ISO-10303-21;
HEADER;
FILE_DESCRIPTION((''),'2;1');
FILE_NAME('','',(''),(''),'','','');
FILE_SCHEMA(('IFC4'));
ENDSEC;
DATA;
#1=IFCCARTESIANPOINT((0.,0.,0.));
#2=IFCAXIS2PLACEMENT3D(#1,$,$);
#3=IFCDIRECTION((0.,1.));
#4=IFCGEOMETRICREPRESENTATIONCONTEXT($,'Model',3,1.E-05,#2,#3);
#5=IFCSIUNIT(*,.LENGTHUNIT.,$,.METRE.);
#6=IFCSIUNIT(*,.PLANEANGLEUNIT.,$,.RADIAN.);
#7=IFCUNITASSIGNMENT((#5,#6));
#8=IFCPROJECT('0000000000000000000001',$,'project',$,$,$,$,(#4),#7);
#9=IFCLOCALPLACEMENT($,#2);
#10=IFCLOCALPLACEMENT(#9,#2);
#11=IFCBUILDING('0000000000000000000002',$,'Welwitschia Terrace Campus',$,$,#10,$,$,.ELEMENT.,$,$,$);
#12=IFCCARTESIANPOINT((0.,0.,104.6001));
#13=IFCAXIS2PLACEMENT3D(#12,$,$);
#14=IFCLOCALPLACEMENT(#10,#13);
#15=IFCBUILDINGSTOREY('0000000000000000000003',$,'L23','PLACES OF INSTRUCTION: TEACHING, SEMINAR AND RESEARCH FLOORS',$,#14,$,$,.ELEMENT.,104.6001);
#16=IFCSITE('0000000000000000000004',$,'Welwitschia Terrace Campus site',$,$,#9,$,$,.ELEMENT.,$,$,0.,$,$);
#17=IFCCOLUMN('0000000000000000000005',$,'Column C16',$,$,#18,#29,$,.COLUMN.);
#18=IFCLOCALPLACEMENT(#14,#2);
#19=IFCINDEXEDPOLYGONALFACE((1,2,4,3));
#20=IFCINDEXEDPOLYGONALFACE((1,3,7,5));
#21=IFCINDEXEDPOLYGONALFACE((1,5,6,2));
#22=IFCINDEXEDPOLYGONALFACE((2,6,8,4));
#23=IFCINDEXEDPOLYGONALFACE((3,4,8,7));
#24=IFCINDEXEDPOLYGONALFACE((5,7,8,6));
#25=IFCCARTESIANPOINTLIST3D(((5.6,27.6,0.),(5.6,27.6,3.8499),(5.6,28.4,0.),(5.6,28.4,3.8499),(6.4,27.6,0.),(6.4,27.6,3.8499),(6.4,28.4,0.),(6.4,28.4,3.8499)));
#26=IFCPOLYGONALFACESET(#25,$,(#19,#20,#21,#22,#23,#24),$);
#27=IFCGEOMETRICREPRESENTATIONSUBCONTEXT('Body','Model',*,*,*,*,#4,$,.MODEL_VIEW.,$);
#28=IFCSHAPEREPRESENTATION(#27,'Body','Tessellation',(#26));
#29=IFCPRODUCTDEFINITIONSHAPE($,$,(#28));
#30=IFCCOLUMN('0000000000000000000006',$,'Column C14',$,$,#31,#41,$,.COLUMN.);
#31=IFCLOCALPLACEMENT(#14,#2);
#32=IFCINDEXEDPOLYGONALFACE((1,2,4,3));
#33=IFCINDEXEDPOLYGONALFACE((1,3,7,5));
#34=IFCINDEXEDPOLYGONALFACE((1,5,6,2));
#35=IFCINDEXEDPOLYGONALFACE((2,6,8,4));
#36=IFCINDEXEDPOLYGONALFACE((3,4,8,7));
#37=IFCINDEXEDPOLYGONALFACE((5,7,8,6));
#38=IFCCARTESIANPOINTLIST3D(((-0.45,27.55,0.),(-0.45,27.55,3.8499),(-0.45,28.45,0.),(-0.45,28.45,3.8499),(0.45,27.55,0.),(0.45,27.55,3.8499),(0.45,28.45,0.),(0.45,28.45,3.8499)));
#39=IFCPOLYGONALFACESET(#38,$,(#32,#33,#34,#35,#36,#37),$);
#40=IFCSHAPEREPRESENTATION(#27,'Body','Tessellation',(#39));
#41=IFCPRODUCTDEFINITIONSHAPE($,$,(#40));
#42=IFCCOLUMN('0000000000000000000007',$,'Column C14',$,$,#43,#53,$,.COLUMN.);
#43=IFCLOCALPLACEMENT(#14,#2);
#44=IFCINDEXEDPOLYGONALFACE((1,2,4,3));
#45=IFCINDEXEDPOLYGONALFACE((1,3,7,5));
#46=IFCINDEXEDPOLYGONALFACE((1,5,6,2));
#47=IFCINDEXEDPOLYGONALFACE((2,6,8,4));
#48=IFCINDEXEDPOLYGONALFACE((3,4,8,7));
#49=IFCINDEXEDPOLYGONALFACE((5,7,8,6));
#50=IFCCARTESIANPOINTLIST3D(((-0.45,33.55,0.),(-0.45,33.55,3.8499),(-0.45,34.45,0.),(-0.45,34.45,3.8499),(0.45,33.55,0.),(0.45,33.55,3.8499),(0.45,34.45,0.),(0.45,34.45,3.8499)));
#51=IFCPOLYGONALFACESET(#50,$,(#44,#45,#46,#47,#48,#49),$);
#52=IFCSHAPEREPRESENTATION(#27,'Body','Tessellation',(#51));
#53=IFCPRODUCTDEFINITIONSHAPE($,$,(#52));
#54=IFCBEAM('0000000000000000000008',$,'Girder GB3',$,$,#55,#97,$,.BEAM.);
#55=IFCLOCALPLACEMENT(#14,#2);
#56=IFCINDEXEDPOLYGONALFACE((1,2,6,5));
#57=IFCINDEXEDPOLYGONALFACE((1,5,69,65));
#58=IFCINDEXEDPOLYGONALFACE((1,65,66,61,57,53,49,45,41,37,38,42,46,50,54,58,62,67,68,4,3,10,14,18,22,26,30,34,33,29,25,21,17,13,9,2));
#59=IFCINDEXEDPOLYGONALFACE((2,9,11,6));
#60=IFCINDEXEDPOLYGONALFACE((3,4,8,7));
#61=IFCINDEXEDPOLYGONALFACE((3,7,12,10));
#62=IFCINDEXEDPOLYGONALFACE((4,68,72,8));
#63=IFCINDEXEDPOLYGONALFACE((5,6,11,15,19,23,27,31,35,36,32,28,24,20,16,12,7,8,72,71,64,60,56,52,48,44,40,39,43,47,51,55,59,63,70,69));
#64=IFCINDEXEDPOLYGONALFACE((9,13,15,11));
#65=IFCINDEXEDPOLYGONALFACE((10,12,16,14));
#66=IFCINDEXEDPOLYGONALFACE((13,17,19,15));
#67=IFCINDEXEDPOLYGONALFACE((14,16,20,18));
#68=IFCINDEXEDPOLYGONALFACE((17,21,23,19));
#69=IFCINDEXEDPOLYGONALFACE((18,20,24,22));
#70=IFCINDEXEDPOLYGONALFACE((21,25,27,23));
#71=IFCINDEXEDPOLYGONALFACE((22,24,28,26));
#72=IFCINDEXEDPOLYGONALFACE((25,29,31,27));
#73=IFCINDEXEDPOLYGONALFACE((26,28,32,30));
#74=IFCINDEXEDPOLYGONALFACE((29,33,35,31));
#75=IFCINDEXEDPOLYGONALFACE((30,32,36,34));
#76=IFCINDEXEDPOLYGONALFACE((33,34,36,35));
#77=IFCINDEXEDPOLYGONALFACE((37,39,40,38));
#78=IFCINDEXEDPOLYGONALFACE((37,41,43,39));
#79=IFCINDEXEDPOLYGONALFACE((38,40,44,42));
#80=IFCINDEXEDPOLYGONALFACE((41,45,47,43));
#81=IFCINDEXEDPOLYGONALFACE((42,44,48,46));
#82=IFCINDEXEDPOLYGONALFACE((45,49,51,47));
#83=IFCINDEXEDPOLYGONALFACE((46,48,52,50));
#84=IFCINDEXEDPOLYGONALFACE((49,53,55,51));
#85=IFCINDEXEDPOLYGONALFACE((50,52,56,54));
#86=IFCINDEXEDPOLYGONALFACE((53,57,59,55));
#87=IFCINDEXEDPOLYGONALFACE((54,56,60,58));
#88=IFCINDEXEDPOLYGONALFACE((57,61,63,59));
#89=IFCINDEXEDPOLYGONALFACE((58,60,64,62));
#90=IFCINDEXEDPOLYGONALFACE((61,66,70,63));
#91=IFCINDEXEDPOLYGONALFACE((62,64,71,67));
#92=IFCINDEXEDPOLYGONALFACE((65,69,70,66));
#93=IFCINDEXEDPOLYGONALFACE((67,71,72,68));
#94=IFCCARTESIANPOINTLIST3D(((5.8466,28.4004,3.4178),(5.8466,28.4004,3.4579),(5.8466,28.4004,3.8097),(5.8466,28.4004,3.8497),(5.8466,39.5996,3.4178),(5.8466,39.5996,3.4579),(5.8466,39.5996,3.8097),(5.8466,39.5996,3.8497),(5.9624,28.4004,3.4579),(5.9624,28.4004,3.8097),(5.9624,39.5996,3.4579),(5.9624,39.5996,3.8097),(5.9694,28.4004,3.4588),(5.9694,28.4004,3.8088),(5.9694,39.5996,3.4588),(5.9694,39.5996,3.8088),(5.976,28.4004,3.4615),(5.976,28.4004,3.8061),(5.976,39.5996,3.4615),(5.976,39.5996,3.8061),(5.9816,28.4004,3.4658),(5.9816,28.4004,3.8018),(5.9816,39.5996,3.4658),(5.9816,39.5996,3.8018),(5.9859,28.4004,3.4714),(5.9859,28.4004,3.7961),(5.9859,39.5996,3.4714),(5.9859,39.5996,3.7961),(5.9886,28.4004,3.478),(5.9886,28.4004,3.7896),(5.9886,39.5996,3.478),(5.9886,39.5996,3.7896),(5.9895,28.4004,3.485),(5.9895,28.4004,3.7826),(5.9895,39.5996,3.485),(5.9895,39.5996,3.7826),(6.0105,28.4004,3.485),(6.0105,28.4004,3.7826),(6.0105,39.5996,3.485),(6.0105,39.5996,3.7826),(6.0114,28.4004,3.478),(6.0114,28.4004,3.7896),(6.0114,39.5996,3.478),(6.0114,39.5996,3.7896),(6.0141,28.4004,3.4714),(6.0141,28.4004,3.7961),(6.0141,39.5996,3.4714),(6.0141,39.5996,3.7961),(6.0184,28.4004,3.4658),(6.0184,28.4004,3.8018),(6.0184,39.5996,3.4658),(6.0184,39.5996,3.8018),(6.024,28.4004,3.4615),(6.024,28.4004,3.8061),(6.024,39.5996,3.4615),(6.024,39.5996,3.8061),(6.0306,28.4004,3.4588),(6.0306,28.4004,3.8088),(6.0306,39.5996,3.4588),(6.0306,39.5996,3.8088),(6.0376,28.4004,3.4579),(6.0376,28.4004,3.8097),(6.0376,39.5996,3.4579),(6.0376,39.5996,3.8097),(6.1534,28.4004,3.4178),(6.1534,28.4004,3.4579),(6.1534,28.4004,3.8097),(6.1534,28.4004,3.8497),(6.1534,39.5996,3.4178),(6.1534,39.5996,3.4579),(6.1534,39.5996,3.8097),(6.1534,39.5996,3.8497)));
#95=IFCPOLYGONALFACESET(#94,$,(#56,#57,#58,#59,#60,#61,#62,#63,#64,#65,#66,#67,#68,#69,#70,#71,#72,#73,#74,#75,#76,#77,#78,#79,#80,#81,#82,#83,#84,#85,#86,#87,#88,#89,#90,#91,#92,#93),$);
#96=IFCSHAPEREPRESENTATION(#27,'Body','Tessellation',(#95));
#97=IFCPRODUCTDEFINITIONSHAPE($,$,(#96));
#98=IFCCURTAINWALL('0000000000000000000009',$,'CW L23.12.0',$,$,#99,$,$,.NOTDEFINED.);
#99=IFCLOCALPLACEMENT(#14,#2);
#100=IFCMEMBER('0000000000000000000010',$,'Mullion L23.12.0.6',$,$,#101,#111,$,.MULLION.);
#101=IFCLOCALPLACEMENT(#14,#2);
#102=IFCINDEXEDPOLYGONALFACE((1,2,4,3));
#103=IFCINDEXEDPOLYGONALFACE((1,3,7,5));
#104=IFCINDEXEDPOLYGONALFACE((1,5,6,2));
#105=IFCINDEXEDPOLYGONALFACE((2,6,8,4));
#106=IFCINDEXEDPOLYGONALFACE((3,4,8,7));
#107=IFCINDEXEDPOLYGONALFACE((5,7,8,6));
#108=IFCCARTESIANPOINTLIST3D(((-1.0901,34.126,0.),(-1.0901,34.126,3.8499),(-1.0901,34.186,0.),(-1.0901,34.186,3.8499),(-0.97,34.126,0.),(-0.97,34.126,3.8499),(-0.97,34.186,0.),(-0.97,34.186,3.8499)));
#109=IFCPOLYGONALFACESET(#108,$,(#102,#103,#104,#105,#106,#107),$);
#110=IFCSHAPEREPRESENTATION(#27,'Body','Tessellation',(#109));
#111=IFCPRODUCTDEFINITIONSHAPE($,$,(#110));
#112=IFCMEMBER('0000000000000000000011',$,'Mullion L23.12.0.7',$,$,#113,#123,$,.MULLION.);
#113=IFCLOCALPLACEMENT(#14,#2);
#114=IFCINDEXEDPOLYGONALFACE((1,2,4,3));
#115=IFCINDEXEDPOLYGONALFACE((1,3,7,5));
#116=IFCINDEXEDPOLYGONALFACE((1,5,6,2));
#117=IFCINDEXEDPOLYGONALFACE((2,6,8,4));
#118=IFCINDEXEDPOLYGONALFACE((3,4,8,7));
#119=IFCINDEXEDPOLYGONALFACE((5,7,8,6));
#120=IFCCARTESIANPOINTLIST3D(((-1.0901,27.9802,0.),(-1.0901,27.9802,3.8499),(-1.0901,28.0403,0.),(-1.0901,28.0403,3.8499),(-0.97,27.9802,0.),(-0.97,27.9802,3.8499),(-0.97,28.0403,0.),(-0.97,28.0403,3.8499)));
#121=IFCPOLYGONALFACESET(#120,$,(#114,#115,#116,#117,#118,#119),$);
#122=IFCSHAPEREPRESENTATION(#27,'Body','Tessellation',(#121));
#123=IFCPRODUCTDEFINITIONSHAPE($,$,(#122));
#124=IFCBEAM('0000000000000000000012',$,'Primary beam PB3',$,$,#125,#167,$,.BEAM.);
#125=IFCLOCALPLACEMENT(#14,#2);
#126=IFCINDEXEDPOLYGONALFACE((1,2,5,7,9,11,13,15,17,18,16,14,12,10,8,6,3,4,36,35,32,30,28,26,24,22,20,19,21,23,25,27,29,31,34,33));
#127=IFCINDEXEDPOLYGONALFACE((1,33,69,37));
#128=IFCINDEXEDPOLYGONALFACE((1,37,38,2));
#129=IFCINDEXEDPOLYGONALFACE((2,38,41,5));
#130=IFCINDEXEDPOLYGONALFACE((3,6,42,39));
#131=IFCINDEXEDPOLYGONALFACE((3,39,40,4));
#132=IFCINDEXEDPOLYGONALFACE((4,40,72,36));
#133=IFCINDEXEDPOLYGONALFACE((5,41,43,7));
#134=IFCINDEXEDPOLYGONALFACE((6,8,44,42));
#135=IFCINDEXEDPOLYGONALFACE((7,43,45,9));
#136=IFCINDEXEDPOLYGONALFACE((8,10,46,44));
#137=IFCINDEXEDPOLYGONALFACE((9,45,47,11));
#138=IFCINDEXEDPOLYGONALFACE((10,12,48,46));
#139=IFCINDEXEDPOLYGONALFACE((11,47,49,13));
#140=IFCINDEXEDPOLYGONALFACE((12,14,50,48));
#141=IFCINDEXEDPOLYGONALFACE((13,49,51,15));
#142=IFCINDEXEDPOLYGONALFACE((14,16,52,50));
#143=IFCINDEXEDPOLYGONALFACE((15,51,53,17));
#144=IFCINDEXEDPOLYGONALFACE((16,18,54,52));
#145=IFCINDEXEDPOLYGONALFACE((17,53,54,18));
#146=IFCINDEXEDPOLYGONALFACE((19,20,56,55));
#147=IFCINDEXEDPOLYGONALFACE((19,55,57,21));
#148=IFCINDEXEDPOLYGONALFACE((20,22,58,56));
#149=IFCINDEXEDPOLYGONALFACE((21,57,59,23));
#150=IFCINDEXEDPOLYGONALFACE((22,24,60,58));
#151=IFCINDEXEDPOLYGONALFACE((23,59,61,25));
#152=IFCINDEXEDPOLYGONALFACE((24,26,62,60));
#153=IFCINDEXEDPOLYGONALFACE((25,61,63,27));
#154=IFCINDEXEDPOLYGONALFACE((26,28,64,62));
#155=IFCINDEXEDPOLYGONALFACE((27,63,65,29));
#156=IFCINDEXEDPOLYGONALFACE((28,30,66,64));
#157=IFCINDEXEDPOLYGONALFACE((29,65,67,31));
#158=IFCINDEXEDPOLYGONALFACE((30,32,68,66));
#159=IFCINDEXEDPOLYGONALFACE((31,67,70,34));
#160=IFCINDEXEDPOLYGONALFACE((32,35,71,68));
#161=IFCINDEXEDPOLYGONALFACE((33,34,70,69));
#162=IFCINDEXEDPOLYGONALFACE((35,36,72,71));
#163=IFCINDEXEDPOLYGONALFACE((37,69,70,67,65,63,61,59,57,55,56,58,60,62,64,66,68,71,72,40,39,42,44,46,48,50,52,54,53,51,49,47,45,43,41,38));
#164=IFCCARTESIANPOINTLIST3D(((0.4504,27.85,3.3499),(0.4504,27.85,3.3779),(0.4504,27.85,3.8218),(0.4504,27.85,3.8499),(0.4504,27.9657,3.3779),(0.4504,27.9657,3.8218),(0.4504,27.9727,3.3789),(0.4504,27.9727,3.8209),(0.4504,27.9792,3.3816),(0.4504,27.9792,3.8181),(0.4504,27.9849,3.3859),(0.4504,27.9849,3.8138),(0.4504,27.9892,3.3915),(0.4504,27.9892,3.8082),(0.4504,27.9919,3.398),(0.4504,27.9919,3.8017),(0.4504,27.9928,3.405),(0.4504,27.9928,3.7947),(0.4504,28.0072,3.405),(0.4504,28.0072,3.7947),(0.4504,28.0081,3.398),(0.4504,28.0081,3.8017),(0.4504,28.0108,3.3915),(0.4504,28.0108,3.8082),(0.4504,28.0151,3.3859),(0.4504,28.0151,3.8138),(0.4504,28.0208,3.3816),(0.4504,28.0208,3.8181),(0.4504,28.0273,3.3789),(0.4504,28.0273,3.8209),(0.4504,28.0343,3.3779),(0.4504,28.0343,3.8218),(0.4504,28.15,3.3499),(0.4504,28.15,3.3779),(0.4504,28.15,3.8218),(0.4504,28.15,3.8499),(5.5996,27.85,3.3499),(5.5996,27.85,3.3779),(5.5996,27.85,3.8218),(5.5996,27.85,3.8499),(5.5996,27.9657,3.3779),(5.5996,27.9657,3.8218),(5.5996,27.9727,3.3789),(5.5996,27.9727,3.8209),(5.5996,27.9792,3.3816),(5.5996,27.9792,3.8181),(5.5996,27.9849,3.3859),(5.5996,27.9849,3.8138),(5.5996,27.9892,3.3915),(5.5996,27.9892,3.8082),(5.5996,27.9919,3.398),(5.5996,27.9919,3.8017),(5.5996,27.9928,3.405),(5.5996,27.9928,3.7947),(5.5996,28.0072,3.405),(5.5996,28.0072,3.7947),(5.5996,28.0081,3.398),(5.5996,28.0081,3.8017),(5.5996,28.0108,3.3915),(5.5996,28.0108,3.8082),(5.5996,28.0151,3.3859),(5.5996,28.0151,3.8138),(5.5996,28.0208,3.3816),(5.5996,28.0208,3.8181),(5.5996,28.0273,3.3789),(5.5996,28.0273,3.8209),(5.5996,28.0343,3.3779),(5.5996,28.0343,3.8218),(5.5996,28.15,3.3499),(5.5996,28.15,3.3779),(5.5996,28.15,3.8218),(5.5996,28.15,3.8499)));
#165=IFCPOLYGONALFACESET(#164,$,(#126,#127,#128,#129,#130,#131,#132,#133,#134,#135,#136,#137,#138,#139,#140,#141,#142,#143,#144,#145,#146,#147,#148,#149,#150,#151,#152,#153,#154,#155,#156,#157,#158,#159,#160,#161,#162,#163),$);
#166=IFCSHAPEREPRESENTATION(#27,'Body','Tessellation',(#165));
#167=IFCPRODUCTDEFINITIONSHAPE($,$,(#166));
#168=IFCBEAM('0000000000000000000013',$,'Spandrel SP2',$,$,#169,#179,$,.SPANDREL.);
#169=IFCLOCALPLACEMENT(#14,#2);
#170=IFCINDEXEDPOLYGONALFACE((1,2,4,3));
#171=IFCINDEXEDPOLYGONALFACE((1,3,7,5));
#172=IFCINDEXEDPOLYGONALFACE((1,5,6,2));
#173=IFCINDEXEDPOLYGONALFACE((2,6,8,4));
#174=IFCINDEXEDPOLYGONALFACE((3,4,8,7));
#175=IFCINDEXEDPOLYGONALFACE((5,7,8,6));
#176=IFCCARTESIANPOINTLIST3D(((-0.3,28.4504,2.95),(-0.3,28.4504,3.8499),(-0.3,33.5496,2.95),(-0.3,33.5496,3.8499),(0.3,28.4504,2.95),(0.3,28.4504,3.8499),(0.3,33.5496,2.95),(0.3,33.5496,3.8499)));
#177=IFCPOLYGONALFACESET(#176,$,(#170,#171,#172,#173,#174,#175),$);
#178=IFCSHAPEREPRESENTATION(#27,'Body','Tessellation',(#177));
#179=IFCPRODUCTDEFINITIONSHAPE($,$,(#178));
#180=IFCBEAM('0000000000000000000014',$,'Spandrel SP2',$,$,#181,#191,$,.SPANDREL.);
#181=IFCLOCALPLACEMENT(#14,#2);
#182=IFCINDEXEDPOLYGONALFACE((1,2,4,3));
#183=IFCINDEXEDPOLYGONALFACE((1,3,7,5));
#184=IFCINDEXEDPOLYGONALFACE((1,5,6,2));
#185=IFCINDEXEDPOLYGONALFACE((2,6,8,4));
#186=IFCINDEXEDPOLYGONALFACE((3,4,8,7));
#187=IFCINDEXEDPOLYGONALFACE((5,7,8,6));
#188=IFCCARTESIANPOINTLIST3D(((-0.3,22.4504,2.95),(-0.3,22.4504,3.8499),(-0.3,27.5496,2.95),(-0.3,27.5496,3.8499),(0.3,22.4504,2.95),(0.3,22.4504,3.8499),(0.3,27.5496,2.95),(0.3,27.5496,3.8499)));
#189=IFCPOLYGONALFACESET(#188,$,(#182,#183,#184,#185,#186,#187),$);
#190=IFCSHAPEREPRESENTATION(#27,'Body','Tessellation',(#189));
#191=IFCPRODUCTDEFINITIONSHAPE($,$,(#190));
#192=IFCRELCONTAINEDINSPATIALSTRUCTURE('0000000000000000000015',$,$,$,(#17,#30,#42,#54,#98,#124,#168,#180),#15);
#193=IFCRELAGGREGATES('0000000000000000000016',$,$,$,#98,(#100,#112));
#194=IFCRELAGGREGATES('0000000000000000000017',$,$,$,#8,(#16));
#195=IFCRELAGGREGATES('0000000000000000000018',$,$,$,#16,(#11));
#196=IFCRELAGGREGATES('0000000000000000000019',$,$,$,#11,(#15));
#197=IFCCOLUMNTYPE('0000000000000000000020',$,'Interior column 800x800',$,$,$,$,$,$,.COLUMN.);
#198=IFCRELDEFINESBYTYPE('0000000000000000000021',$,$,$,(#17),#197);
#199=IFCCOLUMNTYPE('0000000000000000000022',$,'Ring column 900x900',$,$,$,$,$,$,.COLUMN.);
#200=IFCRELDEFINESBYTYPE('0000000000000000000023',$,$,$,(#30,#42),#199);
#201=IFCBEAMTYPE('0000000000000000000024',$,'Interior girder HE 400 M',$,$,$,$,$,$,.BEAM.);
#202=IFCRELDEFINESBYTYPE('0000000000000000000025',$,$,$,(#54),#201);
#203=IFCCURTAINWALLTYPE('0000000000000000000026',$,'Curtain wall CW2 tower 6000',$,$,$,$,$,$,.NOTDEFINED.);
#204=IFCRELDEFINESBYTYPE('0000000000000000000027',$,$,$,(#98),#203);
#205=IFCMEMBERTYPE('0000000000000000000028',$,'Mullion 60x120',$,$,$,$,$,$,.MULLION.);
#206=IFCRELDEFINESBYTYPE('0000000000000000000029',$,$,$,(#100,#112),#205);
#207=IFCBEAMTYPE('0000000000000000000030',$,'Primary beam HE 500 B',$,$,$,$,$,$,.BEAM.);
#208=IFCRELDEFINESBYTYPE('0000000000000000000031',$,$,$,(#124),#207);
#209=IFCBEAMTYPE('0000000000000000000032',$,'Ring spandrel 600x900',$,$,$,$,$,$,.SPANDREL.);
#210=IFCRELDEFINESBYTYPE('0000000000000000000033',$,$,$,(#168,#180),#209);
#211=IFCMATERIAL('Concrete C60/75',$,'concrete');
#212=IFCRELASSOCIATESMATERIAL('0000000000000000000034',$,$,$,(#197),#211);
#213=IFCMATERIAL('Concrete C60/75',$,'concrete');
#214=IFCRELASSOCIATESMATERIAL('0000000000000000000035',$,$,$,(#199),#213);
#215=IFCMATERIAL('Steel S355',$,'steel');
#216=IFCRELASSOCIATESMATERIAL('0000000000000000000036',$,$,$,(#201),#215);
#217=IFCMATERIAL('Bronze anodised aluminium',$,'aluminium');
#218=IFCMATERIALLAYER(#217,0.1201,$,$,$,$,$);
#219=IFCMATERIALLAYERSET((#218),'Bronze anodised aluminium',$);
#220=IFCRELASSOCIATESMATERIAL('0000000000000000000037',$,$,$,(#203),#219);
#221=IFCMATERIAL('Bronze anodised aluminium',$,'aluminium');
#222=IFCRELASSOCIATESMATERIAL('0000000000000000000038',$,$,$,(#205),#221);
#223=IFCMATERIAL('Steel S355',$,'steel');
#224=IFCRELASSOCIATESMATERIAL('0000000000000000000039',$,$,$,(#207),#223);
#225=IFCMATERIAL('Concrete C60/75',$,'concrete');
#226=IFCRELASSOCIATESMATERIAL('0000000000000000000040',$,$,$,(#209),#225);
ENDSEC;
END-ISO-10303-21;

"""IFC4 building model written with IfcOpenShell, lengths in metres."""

from ifc_helpers import new_model, si_unit, direction, frame, origin, origin_2d, place, context, subcontext, project, spatial, rectangle, i_section, extrude, material, layer, layer_set, material_profile, profile_set, type_object, element, aggregate, save


model = new_model("IFC4")

# Units and contexts
model_context = context("Model", 3, precision=1e-05, world=origin(), true_north=direction((0.0, 1.0)))
body_context = subcontext(model_context, "Body", "Model", "MODEL_VIEW")
ifc_project = project(units=[si_unit("LENGTHUNIT", "METRE"), si_unit("PLANEANGLEUNIT", "RADIAN")], contexts=[model_context])

# Site, building, storey
site_placement = place(None, origin())
site = spatial("IfcSite", under=ifc_project, at=site_placement, Name="Welwitschia Terrace Campus site", CompositionType="ELEMENT", RefElevation=0.0)
building_placement = place(site_placement, origin())
building = spatial("IfcBuilding", under=site, at=building_placement, Name="Welwitschia Terrace Campus", CompositionType="ELEMENT")
storey_placement = place(building_placement, frame((0.0, 0.0, 104.6001)))
storey = spatial("IfcBuildingStorey", under=building, at=storey_placement, Name="L23", Description="PLACES OF INSTRUCTION: TEACHING, SEMINAR AND RESEARCH FLOORS", CompositionType="ELEMENT", Elevation=104.6001)

# Columns
ifc_material_1 = material(Name="Concrete C60/75", Category="concrete")
ifc_material_profile_1 = material_profile(ifc_material_1, rectangle(XDim=0.8, YDim=0.8, at=origin_2d()))
ifc_profile_set_1 = profile_set([ifc_material_profile_1], Name="Concrete C60/75")
column_type_1 = type_object("IfcColumnType", Name="Interior column 800x800", PredefinedType="COLUMN", material=ifc_profile_set_1)
column_placement = place(storey_placement, frame((6.0, 28.0, 0.0), z_axis=(0.0, 0.0, 1.0), x_axis=(1.0, 0.0, 0.0)))
element("IfcColumn", 1, at=column_placement, inside=storey, type_object=column_type_1, Name="Column C16", PredefinedType="COLUMN", context=body_context, shape_type="SweptSolid", body=[
    extrude(rectangle(XDim=0.8, YDim=0.8, at=origin_2d()), origin(), (0.0, 0.0, 1.0), 3.8499),
])
ifc_material_2 = material(Name="Concrete C60/75", Category="concrete")
ifc_material_profile_2 = material_profile(ifc_material_2, rectangle(XDim=0.8999, YDim=0.8999, at=origin_2d()))
ifc_profile_set_2 = profile_set([ifc_material_profile_2], Name="Concrete C60/75")
column_type_2 = type_object("IfcColumnType", Name="Ring column 900x900", PredefinedType="COLUMN", material=ifc_profile_set_2)
for number, where, z_axis, x_axis, name in (
    (2, (0.0, 28.0, 0.0), (0.0, 0.0, 1.0), (1.0, 0.0, 0.0), "Column C14"),
    (3, (0.0, 34.0, 0.0), (0.0, 0.0, 1.0), (1.0, 0.0, 0.0), "Column C14"),
):
    element("IfcColumn", number, at=place(storey_placement, frame(where, z_axis=z_axis, x_axis=x_axis)), inside=storey, type_object=column_type_2, Name=name, PredefinedType="COLUMN", context=body_context, shape_type="SweptSolid", body=[
        extrude(rectangle(XDim=0.8999, YDim=0.8999, at=origin_2d()), origin(), (0.0, 0.0, 1.0), 3.8499),
    ])

# Beam
ifc_material_3 = material(Name="Steel S355", Category="steel")
ifc_material_profile_3 = material_profile(ifc_material_3, i_section(OverallWidth=0.3069, OverallDepth=0.4319, WebThickness=0.021, FlangeThickness=0.04, FilletRadius=0.0271, at=origin_2d()))
ifc_profile_set_3 = profile_set([ifc_material_profile_3], Name="Steel S355")
beam_type_1 = type_object("IfcBeamType", Name="Interior girder HE 400 M", PredefinedType="BEAM", material=ifc_profile_set_3)
beam_1_placement = place(storey_placement, frame((6.0, 28.4004, 3.6338), z_axis=(0.0, 1.0, 0.0), x_axis=(-1.0, 0.0, 0.0)))
element("IfcBeam", 4, at=beam_1_placement, inside=storey, type_object=beam_type_1, Name="Girder GB3", PredefinedType="BEAM", context=body_context, shape_type="SweptSolid", body=[
    extrude(i_section(OverallWidth=0.3069, OverallDepth=0.4319, WebThickness=0.021, FlangeThickness=0.04, FilletRadius=0.0271, at=origin_2d()), origin(), (0.0, 0.0, 1.0), 11.1992),
])

# Curtain wall, members
ifc_material_4 = material(Name="Bronze anodised aluminium", Category="aluminium")
ifc_layer_1 = layer(ifc_material_4, 0.1201)
ifc_layer_set_1 = layer_set([ifc_layer_1], Name="Bronze anodised aluminium")
curtain_wall_type = type_object("IfcCurtainWallType", Name="Curtain wall CW2 tower 6000", PredefinedType="NOTDEFINED", material=ifc_layer_set_1)
curtain_wall_placement = place(storey_placement, origin())
curtain_wall = element("IfcCurtainWall", 5, at=curtain_wall_placement, inside=storey, type_object=curtain_wall_type, Name="CW L23.12.0", PredefinedType="NOTDEFINED")
ifc_material_5 = material(Name="Bronze anodised aluminium", Category="aluminium")
ifc_material_profile_4 = material_profile(ifc_material_5, rectangle(XDim=0.1201, YDim=0.0601, at=origin_2d()))
ifc_profile_set_4 = profile_set([ifc_material_profile_4], Name="Bronze anodised aluminium")
member_type = type_object("IfcMemberType", Name="Mullion 60x120", PredefinedType="MULLION", material=ifc_profile_set_4)
member_1_placement = place(storey_placement, frame((-1.03, 34.156, 0.0), z_axis=(0.0, 0.0, 1.0), x_axis=(1.0, 0.0, 0.0)))
member_1 = element("IfcMember", 6, at=member_1_placement, type_object=member_type, Name="Mullion L23.12.0.6", PredefinedType="MULLION", context=body_context, shape_type="SweptSolid", body=[
    extrude(rectangle(XDim=0.1201, YDim=0.0601, at=origin_2d()), origin(), (0.0, 0.0, 1.0), 3.8499),
])
member_2_placement = place(storey_placement, frame((-1.03, 28.0103, 0.0), z_axis=(0.0, 0.0, 1.0), x_axis=(1.0, 0.0, 0.0)))
member_2 = element("IfcMember", 7, at=member_2_placement, type_object=member_type, Name="Mullion L23.12.0.7", PredefinedType="MULLION", context=body_context, shape_type="SweptSolid", body=[
    extrude(rectangle(XDim=0.1201, YDim=0.0601, at=origin_2d()), origin(), (0.0, 0.0, 1.0), 3.8499),
])

# Beams
ifc_material_6 = material(Name="Steel S355", Category="steel")
ifc_material_profile_5 = material_profile(ifc_material_6, i_section(OverallWidth=0.3, OverallDepth=0.5, WebThickness=0.0144, FlangeThickness=0.0281, FilletRadius=0.0271, at=origin_2d()))
ifc_profile_set_5 = profile_set([ifc_material_profile_5], Name="Steel S355")
beam_type_2 = type_object("IfcBeamType", Name="Primary beam HE 500 B", PredefinedType="BEAM", material=ifc_profile_set_5)
beam_2_placement = place(storey_placement, frame((0.4504, 28.0, 3.5999), z_axis=(1.0, 0.0, 0.0), x_axis=(0.0, 1.0, 0.0)))
element("IfcBeam", 8, at=beam_2_placement, inside=storey, type_object=beam_type_2, Name="Primary beam PB3", PredefinedType="BEAM", context=body_context, shape_type="SweptSolid", body=[
    extrude(i_section(OverallWidth=0.3, OverallDepth=0.5, WebThickness=0.0144, FlangeThickness=0.0281, FilletRadius=0.0271, at=origin_2d()), origin(), (0.0, 0.0, 1.0), 5.1492),
])
ifc_material_7 = material(Name="Concrete C60/75", Category="concrete")
ifc_material_profile_6 = material_profile(ifc_material_7, rectangle(XDim=0.6001, YDim=0.8999, at=origin_2d()))
ifc_profile_set_6 = profile_set([ifc_material_profile_6], Name="Concrete C60/75")
beam_type_3 = type_object("IfcBeamType", Name="Ring spandrel 600x900", PredefinedType="SPANDREL", material=ifc_profile_set_6)
for number, where, z_axis, x_axis, name in (
    (9, (0.0, 33.5496, 3.3999), (0.0, -1.0, 0.0), (1.0, 0.0, 0.0), "Spandrel SP2"),
    (10, (0.0, 27.5496, 3.3999), (0.0, -1.0, 0.0), (1.0, 0.0, 0.0), "Spandrel SP2"),
):
    element("IfcBeam", number, at=place(storey_placement, frame(where, z_axis=z_axis, x_axis=x_axis)), inside=storey, type_object=beam_type_3, Name=name, PredefinedType="SPANDREL", context=body_context, shape_type="SweptSolid", body=[
        extrude(rectangle(XDim=0.6001, YDim=0.8999, at=origin_2d()), origin(), (0.0, 0.0, 1.0), 5.0991),
    ])

aggregate(curtain_wall, [member_1, member_2])

save(model, "model.ifc")
